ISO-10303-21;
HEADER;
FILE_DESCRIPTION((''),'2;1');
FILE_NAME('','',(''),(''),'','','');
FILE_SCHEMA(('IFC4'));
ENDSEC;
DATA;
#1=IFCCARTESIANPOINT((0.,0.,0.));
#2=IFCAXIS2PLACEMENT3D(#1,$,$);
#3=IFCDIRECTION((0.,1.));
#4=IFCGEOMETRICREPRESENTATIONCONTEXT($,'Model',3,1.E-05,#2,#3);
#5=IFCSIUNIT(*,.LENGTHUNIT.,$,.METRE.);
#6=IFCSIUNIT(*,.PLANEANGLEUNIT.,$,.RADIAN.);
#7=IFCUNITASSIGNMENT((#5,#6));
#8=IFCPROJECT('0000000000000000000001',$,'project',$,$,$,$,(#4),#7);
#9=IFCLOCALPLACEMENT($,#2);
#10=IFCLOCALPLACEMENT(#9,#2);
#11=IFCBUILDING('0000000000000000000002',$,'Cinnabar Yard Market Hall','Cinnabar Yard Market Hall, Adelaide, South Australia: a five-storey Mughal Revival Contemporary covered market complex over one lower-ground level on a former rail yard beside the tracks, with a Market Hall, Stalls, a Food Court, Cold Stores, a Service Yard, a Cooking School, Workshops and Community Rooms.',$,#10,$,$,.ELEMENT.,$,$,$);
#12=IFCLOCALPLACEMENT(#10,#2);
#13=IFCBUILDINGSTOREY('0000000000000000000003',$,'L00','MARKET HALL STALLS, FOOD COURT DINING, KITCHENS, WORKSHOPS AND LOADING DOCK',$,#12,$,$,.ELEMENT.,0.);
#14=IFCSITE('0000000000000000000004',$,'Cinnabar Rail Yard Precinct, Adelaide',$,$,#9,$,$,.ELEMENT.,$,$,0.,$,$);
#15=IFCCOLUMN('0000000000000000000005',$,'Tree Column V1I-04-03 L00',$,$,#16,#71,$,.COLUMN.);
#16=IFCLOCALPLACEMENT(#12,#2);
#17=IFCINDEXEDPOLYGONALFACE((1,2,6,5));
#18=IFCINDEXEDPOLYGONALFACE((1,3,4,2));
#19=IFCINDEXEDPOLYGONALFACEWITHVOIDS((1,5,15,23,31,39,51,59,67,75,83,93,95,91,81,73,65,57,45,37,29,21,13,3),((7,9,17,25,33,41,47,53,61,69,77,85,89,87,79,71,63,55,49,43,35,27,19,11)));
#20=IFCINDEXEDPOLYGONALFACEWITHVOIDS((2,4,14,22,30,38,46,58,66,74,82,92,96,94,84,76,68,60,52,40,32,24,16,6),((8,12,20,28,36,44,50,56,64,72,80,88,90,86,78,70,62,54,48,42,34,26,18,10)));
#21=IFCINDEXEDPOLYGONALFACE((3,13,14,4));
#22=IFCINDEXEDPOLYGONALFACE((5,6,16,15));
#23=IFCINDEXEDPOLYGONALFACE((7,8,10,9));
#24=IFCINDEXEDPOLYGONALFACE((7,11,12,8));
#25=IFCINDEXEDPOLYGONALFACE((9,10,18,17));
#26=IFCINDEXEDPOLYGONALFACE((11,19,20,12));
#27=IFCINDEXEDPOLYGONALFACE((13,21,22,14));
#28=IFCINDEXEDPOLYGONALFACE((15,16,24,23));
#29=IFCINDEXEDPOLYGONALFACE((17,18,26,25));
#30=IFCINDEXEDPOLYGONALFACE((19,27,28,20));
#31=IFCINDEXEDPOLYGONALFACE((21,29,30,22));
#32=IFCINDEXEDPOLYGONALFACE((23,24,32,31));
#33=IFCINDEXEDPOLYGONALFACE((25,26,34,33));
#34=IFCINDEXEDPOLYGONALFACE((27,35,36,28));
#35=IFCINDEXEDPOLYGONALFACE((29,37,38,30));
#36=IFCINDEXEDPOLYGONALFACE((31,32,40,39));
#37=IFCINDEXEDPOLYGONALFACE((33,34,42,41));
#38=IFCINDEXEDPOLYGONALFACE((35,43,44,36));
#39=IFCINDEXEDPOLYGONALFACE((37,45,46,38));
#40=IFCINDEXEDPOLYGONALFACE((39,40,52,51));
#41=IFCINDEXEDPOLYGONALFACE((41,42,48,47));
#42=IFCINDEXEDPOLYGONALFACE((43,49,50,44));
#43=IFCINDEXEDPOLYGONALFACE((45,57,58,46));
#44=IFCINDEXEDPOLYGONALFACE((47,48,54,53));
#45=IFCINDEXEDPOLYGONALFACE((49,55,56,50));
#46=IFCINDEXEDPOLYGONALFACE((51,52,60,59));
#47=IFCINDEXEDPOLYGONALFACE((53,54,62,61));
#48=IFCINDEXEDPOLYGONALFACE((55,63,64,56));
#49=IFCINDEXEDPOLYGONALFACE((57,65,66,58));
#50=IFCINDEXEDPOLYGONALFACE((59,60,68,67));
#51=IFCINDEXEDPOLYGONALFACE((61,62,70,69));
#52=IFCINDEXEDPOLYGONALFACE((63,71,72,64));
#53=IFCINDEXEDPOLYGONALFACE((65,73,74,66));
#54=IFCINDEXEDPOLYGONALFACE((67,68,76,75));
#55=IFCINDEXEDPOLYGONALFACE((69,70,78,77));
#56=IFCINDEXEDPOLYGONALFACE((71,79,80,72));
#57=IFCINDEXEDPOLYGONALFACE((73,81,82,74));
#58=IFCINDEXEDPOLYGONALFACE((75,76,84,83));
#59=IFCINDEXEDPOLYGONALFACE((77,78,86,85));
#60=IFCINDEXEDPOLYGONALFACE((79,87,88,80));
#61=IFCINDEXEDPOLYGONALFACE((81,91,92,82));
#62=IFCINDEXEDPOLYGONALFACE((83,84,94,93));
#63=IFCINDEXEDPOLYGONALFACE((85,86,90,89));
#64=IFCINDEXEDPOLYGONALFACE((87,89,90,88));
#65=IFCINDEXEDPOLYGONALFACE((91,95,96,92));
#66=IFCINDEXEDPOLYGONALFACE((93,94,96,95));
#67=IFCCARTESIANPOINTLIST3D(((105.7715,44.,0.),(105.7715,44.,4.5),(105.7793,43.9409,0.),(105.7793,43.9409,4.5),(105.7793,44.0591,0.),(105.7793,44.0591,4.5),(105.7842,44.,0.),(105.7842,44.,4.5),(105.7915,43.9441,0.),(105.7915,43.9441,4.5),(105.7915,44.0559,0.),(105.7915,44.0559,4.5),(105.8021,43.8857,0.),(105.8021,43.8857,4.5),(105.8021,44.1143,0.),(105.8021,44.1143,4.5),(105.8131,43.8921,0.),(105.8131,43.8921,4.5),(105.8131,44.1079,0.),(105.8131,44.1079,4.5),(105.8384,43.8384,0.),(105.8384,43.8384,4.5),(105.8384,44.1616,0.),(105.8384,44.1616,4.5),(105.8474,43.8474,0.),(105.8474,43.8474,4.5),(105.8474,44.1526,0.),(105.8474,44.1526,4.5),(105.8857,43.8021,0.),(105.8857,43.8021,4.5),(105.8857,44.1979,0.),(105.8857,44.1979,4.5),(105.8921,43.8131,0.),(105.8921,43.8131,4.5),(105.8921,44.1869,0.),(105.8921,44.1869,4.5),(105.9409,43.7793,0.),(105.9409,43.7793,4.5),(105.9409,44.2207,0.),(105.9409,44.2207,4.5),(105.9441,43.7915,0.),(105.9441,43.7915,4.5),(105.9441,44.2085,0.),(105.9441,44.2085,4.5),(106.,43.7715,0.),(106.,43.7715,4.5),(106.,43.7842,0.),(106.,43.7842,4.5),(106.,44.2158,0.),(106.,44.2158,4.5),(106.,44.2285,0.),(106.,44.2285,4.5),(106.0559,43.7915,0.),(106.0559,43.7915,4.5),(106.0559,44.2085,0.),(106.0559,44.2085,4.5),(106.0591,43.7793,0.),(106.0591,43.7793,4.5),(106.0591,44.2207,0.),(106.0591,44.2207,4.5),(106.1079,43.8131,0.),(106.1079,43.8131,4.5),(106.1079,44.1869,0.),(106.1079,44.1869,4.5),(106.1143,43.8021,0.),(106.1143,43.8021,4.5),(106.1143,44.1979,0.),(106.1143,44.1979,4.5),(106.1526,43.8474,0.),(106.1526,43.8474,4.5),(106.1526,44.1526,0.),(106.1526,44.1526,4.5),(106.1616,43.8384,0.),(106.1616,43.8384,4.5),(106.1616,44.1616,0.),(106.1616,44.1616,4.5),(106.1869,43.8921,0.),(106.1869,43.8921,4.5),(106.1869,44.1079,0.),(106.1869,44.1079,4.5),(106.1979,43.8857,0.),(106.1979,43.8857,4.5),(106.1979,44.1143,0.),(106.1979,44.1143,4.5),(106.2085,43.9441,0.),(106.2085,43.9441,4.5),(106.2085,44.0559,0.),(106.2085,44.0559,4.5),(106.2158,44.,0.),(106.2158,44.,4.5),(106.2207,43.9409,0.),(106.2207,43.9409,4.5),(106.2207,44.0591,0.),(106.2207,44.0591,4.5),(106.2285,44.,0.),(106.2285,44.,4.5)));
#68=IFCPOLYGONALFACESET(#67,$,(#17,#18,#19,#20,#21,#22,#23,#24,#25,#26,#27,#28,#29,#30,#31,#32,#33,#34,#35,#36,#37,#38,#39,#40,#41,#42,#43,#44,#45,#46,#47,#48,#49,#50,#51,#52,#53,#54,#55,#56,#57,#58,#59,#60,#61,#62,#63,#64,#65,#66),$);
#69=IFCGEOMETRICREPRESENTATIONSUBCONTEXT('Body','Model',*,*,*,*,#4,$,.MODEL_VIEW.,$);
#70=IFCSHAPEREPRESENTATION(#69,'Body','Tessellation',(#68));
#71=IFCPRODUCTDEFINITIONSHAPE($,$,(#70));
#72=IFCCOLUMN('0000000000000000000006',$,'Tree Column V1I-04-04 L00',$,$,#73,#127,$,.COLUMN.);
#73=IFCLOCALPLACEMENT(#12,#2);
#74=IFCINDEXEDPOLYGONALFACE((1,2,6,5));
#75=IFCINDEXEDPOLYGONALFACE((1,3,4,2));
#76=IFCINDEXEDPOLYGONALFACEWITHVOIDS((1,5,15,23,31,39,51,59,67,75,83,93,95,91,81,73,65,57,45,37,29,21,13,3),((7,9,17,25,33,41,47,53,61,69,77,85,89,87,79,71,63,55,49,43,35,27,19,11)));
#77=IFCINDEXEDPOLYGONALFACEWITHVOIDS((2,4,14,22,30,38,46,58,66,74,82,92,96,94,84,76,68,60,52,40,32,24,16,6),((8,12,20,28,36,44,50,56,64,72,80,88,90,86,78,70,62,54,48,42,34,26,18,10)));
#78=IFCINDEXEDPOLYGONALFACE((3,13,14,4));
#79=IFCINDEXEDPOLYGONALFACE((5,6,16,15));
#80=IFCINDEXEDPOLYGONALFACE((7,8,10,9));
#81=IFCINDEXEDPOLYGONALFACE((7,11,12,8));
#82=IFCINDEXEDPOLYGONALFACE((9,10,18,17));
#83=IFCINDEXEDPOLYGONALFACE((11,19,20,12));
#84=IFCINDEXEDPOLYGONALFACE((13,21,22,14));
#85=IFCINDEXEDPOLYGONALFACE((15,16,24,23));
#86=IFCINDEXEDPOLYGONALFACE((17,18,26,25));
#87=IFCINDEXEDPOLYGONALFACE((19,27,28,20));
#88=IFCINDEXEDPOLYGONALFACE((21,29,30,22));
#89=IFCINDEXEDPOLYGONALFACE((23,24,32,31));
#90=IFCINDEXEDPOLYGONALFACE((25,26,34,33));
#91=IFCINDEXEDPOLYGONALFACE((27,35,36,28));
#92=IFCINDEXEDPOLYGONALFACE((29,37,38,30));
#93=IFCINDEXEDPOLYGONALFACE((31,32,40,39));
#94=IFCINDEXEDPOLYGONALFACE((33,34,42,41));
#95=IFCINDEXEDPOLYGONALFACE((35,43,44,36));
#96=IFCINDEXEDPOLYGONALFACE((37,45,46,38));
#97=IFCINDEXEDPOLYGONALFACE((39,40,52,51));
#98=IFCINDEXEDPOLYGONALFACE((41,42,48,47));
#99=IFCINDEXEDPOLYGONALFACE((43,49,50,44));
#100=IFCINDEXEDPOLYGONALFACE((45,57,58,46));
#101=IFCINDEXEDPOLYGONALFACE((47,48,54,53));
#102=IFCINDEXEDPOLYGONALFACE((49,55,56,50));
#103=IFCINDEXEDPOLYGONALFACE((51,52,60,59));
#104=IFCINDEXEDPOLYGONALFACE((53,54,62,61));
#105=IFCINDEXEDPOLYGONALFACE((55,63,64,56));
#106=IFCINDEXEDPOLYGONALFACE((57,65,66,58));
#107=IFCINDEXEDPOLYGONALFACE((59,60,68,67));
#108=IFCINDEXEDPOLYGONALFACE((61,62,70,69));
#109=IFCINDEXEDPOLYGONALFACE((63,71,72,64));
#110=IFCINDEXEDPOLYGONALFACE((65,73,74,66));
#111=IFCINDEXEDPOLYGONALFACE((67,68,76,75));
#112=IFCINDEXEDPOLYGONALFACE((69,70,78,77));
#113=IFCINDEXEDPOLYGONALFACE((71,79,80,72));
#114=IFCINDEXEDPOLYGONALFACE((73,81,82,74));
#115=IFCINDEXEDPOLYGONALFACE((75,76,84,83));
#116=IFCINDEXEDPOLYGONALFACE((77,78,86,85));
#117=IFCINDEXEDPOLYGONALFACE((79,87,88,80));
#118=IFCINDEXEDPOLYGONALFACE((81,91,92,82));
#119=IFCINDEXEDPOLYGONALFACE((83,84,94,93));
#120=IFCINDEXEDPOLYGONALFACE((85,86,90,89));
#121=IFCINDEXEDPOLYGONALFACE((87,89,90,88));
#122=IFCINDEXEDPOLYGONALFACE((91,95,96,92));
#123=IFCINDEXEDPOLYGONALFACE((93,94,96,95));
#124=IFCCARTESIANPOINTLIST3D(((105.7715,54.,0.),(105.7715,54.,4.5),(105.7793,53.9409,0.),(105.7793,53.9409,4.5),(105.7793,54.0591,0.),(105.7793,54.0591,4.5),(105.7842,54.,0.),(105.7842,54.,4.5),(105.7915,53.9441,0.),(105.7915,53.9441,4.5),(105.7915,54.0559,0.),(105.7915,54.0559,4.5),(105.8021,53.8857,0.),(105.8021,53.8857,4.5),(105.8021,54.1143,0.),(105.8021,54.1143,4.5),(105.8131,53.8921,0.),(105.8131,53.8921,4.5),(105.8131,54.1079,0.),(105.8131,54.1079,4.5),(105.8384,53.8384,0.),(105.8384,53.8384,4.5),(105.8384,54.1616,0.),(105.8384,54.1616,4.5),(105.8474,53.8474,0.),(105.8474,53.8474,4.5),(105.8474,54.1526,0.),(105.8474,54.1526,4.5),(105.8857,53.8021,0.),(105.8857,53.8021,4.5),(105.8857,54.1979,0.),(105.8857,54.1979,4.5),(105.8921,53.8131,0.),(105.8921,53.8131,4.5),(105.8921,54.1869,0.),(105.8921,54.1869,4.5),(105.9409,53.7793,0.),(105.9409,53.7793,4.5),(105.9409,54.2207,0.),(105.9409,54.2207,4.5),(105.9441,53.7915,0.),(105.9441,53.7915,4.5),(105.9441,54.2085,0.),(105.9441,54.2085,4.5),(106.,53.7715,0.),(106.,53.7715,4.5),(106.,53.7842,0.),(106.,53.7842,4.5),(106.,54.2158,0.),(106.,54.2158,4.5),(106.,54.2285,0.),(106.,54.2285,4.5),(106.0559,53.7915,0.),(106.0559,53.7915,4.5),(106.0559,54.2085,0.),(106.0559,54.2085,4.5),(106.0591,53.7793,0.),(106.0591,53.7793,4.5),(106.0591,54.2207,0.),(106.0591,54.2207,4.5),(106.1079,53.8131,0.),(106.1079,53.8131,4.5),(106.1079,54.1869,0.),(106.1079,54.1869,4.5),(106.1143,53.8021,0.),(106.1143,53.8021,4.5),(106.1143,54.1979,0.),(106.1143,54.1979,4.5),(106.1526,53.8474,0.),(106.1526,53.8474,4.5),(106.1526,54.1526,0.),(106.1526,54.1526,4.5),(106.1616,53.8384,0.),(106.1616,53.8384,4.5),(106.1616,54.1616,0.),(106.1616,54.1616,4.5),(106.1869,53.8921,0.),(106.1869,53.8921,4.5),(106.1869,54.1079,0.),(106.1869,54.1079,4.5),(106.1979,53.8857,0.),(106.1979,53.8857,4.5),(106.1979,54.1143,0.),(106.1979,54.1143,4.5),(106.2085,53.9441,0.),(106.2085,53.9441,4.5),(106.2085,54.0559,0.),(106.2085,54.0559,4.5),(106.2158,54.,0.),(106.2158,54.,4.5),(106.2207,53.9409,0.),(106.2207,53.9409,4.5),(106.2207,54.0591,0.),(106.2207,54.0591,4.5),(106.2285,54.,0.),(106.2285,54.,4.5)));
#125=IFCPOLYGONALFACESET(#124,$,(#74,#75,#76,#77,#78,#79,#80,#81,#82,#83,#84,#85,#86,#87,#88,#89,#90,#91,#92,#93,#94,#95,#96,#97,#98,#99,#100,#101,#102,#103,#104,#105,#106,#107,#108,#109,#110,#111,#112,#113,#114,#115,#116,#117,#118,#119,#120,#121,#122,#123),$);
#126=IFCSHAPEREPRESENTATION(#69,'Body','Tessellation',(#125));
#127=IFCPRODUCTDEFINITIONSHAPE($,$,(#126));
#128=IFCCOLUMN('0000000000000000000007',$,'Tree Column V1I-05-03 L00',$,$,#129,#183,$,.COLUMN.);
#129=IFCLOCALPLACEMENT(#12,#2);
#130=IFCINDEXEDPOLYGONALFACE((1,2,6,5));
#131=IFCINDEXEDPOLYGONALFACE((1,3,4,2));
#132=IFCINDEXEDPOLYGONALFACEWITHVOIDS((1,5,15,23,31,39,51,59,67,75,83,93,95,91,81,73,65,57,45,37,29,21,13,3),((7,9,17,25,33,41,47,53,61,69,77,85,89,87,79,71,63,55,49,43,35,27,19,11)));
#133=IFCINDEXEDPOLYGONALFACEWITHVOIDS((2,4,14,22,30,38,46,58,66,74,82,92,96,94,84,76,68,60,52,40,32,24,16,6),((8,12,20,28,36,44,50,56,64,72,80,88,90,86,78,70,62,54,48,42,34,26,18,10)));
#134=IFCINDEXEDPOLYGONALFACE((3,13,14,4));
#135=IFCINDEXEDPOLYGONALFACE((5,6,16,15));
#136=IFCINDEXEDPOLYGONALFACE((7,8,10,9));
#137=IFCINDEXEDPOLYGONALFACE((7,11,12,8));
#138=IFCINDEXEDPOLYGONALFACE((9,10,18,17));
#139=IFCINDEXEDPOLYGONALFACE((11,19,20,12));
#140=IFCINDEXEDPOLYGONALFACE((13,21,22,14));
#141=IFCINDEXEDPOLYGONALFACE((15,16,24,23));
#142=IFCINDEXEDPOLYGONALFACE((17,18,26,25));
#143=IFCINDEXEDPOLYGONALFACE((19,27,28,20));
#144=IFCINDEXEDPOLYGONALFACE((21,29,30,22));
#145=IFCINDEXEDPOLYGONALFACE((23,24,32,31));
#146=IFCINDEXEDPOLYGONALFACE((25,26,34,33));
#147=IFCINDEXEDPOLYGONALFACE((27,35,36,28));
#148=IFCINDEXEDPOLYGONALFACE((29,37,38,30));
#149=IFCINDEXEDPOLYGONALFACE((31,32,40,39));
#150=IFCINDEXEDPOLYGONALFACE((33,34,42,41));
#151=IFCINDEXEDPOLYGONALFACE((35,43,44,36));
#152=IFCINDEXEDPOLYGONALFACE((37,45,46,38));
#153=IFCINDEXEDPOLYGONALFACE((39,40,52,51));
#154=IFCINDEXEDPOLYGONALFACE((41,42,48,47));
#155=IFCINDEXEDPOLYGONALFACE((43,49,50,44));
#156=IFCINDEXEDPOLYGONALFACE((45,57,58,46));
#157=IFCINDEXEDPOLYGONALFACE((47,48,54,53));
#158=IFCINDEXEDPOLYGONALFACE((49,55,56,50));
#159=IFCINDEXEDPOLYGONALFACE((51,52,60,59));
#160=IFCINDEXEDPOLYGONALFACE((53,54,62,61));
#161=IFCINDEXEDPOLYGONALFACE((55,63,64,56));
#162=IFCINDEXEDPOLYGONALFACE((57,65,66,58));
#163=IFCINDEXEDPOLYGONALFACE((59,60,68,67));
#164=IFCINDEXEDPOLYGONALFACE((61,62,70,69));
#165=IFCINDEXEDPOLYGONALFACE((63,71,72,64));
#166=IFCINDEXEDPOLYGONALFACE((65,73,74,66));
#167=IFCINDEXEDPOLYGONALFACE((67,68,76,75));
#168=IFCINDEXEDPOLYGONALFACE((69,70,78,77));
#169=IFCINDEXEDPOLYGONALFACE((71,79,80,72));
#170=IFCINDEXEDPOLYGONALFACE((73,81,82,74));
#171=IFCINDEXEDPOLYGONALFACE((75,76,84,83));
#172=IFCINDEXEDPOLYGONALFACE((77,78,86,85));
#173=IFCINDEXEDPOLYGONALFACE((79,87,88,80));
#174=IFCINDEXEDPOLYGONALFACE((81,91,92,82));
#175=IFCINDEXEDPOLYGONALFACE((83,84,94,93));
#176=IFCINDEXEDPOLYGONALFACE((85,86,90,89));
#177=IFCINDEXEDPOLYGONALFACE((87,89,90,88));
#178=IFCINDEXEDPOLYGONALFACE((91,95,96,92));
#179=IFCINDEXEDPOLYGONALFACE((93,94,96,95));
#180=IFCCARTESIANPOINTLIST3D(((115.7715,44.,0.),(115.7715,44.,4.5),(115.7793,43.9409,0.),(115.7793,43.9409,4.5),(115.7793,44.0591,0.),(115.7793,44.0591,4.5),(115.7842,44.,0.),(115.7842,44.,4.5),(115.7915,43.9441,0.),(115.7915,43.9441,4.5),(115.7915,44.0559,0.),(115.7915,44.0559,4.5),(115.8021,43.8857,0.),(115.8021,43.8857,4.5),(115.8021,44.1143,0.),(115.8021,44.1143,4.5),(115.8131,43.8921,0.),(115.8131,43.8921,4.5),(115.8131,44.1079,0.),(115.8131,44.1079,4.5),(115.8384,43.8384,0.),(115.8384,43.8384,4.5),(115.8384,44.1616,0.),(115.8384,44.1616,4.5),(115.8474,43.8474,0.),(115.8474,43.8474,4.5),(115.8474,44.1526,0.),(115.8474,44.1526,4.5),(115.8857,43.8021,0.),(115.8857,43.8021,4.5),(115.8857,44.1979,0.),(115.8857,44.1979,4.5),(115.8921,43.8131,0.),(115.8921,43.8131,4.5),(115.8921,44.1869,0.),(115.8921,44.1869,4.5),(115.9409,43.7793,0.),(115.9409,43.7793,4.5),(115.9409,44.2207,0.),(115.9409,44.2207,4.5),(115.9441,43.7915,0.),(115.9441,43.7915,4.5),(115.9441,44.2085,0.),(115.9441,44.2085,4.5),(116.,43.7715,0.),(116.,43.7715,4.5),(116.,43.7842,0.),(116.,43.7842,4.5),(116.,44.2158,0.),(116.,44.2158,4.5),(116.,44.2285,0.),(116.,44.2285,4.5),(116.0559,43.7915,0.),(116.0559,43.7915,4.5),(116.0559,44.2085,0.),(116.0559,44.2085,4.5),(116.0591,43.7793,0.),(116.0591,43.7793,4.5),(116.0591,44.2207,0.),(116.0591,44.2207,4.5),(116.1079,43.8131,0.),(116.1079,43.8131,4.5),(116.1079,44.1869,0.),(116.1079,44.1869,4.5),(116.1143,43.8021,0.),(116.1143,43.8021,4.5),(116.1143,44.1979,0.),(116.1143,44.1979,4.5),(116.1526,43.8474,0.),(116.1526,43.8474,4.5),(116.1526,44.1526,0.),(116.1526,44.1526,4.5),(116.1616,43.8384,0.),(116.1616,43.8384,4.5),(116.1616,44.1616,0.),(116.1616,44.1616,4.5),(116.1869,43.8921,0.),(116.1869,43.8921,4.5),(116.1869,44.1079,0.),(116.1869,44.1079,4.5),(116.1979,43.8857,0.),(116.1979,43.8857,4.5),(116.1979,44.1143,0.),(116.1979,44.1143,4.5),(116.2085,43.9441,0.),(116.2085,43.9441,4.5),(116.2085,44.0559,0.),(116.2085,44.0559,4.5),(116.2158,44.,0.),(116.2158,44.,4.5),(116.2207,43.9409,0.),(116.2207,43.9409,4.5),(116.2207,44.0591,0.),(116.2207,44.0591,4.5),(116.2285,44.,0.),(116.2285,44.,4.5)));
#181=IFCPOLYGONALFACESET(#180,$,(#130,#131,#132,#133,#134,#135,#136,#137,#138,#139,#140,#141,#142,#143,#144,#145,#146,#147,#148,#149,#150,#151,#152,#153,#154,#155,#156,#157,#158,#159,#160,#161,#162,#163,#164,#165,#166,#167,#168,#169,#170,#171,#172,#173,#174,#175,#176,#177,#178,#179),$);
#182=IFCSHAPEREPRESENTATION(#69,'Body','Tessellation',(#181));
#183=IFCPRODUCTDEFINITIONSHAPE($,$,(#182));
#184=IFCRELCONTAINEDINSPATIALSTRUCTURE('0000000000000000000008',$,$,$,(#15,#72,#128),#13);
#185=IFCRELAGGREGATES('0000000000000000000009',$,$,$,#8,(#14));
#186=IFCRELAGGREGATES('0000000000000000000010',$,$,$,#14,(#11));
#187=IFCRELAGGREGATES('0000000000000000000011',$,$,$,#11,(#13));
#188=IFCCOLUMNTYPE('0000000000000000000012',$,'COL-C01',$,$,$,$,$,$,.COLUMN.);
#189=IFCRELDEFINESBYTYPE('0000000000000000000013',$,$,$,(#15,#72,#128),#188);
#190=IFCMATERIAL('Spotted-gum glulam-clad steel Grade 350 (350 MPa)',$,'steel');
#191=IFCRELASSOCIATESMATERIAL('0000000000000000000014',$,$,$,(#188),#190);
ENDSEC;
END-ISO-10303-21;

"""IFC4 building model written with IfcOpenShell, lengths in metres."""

from ifc_helpers import new_model, si_unit, direction, frame, origin, origin_2d_with_axis, place, context, subcontext, project, spatial, hollow_circle, extrude, material, material_profile, profile_set, type_object, element, save


model = new_model("IFC4")

# Units and contexts
model_context = context("Model", 3, precision=1e-05, world=origin(), true_north=direction((0.0, 1.0)))
body_context = subcontext(model_context, "Body", "Model", "MODEL_VIEW")
ifc_project = project(units=[si_unit("LENGTHUNIT", "METRE"), si_unit("PLANEANGLEUNIT", "RADIAN")], contexts=[model_context])

# Site, building, storey
site_placement = place(None, origin())
site = spatial("IfcSite", under=ifc_project, at=site_placement, Name="Cinnabar Rail Yard Precinct, Adelaide", CompositionType="ELEMENT", RefElevation=0.0)
building_placement = place(site_placement, origin())
building = spatial("IfcBuilding", under=site, at=building_placement, Name="Cinnabar Yard Market Hall", Description="Cinnabar Yard Market Hall, Adelaide, South Australia: a five-storey Mughal Revival Contemporary covered market complex over one lower-ground level on a former rail yard beside the tracks, with a Market Hall, Stalls, a Food Court, Cold Stores, a Service Yard, a Cooking School, Workshops and Community Rooms.", CompositionType="ELEMENT")
storey_placement = place(building_placement, origin())
storey = spatial("IfcBuildingStorey", under=building, at=storey_placement, Name="L00", Description="MARKET HALL STALLS, FOOD COURT DINING, KITCHENS, WORKSHOPS AND LOADING DOCK", CompositionType="ELEMENT", Elevation=0.0)

# Columns
ifc_material_1 = material(Name="Spotted-gum glulam-clad steel Grade 350 (350 MPa)", Category="steel")
ifc_material_profile_1 = material_profile(ifc_material_1, hollow_circle(Radius=0.2285, WallThickness=0.0127, at=origin_2d_with_axis()), Name="457.0x12.7CHS")
ifc_profile_set_1 = profile_set([ifc_material_profile_1], Name="Spotted-gum glulam-clad steel Grade 350 (350 MPa)")
column_type = type_object("IfcColumnType", Name="COL-C01", PredefinedType="COLUMN", material=ifc_profile_set_1)
for number, where, z_axis, x_axis, name in (
    (1, (106.0, 44.0, 0.0), (0.0, 0.0, 1.0), (1.0, 0.0, 0.0), "Tree Column V1I-04-03 L00"),
    (2, (106.0, 54.0, 0.0), (0.0, 0.0, 1.0), (1.0, 0.0, 0.0), "Tree Column V1I-04-04 L00"),
    (3, (116.0, 44.0, 0.0), (0.0, 0.0, 1.0), (1.0, 0.0, 0.0), "Tree Column V1I-05-03 L00"),
):
    element("IfcColumn", number, at=place(storey_placement, frame(where, z_axis=z_axis, x_axis=x_axis)), inside=storey, type_object=column_type, Name=name, PredefinedType="COLUMN", context=body_context, shape_type="SweptSolid", body=[
        extrude(hollow_circle(Radius=0.2285, WallThickness=0.0127, at=origin_2d_with_axis()), origin(), (0.0, 0.0, 1.0), 4.5),
    ])

save(model, "model.ifc")
